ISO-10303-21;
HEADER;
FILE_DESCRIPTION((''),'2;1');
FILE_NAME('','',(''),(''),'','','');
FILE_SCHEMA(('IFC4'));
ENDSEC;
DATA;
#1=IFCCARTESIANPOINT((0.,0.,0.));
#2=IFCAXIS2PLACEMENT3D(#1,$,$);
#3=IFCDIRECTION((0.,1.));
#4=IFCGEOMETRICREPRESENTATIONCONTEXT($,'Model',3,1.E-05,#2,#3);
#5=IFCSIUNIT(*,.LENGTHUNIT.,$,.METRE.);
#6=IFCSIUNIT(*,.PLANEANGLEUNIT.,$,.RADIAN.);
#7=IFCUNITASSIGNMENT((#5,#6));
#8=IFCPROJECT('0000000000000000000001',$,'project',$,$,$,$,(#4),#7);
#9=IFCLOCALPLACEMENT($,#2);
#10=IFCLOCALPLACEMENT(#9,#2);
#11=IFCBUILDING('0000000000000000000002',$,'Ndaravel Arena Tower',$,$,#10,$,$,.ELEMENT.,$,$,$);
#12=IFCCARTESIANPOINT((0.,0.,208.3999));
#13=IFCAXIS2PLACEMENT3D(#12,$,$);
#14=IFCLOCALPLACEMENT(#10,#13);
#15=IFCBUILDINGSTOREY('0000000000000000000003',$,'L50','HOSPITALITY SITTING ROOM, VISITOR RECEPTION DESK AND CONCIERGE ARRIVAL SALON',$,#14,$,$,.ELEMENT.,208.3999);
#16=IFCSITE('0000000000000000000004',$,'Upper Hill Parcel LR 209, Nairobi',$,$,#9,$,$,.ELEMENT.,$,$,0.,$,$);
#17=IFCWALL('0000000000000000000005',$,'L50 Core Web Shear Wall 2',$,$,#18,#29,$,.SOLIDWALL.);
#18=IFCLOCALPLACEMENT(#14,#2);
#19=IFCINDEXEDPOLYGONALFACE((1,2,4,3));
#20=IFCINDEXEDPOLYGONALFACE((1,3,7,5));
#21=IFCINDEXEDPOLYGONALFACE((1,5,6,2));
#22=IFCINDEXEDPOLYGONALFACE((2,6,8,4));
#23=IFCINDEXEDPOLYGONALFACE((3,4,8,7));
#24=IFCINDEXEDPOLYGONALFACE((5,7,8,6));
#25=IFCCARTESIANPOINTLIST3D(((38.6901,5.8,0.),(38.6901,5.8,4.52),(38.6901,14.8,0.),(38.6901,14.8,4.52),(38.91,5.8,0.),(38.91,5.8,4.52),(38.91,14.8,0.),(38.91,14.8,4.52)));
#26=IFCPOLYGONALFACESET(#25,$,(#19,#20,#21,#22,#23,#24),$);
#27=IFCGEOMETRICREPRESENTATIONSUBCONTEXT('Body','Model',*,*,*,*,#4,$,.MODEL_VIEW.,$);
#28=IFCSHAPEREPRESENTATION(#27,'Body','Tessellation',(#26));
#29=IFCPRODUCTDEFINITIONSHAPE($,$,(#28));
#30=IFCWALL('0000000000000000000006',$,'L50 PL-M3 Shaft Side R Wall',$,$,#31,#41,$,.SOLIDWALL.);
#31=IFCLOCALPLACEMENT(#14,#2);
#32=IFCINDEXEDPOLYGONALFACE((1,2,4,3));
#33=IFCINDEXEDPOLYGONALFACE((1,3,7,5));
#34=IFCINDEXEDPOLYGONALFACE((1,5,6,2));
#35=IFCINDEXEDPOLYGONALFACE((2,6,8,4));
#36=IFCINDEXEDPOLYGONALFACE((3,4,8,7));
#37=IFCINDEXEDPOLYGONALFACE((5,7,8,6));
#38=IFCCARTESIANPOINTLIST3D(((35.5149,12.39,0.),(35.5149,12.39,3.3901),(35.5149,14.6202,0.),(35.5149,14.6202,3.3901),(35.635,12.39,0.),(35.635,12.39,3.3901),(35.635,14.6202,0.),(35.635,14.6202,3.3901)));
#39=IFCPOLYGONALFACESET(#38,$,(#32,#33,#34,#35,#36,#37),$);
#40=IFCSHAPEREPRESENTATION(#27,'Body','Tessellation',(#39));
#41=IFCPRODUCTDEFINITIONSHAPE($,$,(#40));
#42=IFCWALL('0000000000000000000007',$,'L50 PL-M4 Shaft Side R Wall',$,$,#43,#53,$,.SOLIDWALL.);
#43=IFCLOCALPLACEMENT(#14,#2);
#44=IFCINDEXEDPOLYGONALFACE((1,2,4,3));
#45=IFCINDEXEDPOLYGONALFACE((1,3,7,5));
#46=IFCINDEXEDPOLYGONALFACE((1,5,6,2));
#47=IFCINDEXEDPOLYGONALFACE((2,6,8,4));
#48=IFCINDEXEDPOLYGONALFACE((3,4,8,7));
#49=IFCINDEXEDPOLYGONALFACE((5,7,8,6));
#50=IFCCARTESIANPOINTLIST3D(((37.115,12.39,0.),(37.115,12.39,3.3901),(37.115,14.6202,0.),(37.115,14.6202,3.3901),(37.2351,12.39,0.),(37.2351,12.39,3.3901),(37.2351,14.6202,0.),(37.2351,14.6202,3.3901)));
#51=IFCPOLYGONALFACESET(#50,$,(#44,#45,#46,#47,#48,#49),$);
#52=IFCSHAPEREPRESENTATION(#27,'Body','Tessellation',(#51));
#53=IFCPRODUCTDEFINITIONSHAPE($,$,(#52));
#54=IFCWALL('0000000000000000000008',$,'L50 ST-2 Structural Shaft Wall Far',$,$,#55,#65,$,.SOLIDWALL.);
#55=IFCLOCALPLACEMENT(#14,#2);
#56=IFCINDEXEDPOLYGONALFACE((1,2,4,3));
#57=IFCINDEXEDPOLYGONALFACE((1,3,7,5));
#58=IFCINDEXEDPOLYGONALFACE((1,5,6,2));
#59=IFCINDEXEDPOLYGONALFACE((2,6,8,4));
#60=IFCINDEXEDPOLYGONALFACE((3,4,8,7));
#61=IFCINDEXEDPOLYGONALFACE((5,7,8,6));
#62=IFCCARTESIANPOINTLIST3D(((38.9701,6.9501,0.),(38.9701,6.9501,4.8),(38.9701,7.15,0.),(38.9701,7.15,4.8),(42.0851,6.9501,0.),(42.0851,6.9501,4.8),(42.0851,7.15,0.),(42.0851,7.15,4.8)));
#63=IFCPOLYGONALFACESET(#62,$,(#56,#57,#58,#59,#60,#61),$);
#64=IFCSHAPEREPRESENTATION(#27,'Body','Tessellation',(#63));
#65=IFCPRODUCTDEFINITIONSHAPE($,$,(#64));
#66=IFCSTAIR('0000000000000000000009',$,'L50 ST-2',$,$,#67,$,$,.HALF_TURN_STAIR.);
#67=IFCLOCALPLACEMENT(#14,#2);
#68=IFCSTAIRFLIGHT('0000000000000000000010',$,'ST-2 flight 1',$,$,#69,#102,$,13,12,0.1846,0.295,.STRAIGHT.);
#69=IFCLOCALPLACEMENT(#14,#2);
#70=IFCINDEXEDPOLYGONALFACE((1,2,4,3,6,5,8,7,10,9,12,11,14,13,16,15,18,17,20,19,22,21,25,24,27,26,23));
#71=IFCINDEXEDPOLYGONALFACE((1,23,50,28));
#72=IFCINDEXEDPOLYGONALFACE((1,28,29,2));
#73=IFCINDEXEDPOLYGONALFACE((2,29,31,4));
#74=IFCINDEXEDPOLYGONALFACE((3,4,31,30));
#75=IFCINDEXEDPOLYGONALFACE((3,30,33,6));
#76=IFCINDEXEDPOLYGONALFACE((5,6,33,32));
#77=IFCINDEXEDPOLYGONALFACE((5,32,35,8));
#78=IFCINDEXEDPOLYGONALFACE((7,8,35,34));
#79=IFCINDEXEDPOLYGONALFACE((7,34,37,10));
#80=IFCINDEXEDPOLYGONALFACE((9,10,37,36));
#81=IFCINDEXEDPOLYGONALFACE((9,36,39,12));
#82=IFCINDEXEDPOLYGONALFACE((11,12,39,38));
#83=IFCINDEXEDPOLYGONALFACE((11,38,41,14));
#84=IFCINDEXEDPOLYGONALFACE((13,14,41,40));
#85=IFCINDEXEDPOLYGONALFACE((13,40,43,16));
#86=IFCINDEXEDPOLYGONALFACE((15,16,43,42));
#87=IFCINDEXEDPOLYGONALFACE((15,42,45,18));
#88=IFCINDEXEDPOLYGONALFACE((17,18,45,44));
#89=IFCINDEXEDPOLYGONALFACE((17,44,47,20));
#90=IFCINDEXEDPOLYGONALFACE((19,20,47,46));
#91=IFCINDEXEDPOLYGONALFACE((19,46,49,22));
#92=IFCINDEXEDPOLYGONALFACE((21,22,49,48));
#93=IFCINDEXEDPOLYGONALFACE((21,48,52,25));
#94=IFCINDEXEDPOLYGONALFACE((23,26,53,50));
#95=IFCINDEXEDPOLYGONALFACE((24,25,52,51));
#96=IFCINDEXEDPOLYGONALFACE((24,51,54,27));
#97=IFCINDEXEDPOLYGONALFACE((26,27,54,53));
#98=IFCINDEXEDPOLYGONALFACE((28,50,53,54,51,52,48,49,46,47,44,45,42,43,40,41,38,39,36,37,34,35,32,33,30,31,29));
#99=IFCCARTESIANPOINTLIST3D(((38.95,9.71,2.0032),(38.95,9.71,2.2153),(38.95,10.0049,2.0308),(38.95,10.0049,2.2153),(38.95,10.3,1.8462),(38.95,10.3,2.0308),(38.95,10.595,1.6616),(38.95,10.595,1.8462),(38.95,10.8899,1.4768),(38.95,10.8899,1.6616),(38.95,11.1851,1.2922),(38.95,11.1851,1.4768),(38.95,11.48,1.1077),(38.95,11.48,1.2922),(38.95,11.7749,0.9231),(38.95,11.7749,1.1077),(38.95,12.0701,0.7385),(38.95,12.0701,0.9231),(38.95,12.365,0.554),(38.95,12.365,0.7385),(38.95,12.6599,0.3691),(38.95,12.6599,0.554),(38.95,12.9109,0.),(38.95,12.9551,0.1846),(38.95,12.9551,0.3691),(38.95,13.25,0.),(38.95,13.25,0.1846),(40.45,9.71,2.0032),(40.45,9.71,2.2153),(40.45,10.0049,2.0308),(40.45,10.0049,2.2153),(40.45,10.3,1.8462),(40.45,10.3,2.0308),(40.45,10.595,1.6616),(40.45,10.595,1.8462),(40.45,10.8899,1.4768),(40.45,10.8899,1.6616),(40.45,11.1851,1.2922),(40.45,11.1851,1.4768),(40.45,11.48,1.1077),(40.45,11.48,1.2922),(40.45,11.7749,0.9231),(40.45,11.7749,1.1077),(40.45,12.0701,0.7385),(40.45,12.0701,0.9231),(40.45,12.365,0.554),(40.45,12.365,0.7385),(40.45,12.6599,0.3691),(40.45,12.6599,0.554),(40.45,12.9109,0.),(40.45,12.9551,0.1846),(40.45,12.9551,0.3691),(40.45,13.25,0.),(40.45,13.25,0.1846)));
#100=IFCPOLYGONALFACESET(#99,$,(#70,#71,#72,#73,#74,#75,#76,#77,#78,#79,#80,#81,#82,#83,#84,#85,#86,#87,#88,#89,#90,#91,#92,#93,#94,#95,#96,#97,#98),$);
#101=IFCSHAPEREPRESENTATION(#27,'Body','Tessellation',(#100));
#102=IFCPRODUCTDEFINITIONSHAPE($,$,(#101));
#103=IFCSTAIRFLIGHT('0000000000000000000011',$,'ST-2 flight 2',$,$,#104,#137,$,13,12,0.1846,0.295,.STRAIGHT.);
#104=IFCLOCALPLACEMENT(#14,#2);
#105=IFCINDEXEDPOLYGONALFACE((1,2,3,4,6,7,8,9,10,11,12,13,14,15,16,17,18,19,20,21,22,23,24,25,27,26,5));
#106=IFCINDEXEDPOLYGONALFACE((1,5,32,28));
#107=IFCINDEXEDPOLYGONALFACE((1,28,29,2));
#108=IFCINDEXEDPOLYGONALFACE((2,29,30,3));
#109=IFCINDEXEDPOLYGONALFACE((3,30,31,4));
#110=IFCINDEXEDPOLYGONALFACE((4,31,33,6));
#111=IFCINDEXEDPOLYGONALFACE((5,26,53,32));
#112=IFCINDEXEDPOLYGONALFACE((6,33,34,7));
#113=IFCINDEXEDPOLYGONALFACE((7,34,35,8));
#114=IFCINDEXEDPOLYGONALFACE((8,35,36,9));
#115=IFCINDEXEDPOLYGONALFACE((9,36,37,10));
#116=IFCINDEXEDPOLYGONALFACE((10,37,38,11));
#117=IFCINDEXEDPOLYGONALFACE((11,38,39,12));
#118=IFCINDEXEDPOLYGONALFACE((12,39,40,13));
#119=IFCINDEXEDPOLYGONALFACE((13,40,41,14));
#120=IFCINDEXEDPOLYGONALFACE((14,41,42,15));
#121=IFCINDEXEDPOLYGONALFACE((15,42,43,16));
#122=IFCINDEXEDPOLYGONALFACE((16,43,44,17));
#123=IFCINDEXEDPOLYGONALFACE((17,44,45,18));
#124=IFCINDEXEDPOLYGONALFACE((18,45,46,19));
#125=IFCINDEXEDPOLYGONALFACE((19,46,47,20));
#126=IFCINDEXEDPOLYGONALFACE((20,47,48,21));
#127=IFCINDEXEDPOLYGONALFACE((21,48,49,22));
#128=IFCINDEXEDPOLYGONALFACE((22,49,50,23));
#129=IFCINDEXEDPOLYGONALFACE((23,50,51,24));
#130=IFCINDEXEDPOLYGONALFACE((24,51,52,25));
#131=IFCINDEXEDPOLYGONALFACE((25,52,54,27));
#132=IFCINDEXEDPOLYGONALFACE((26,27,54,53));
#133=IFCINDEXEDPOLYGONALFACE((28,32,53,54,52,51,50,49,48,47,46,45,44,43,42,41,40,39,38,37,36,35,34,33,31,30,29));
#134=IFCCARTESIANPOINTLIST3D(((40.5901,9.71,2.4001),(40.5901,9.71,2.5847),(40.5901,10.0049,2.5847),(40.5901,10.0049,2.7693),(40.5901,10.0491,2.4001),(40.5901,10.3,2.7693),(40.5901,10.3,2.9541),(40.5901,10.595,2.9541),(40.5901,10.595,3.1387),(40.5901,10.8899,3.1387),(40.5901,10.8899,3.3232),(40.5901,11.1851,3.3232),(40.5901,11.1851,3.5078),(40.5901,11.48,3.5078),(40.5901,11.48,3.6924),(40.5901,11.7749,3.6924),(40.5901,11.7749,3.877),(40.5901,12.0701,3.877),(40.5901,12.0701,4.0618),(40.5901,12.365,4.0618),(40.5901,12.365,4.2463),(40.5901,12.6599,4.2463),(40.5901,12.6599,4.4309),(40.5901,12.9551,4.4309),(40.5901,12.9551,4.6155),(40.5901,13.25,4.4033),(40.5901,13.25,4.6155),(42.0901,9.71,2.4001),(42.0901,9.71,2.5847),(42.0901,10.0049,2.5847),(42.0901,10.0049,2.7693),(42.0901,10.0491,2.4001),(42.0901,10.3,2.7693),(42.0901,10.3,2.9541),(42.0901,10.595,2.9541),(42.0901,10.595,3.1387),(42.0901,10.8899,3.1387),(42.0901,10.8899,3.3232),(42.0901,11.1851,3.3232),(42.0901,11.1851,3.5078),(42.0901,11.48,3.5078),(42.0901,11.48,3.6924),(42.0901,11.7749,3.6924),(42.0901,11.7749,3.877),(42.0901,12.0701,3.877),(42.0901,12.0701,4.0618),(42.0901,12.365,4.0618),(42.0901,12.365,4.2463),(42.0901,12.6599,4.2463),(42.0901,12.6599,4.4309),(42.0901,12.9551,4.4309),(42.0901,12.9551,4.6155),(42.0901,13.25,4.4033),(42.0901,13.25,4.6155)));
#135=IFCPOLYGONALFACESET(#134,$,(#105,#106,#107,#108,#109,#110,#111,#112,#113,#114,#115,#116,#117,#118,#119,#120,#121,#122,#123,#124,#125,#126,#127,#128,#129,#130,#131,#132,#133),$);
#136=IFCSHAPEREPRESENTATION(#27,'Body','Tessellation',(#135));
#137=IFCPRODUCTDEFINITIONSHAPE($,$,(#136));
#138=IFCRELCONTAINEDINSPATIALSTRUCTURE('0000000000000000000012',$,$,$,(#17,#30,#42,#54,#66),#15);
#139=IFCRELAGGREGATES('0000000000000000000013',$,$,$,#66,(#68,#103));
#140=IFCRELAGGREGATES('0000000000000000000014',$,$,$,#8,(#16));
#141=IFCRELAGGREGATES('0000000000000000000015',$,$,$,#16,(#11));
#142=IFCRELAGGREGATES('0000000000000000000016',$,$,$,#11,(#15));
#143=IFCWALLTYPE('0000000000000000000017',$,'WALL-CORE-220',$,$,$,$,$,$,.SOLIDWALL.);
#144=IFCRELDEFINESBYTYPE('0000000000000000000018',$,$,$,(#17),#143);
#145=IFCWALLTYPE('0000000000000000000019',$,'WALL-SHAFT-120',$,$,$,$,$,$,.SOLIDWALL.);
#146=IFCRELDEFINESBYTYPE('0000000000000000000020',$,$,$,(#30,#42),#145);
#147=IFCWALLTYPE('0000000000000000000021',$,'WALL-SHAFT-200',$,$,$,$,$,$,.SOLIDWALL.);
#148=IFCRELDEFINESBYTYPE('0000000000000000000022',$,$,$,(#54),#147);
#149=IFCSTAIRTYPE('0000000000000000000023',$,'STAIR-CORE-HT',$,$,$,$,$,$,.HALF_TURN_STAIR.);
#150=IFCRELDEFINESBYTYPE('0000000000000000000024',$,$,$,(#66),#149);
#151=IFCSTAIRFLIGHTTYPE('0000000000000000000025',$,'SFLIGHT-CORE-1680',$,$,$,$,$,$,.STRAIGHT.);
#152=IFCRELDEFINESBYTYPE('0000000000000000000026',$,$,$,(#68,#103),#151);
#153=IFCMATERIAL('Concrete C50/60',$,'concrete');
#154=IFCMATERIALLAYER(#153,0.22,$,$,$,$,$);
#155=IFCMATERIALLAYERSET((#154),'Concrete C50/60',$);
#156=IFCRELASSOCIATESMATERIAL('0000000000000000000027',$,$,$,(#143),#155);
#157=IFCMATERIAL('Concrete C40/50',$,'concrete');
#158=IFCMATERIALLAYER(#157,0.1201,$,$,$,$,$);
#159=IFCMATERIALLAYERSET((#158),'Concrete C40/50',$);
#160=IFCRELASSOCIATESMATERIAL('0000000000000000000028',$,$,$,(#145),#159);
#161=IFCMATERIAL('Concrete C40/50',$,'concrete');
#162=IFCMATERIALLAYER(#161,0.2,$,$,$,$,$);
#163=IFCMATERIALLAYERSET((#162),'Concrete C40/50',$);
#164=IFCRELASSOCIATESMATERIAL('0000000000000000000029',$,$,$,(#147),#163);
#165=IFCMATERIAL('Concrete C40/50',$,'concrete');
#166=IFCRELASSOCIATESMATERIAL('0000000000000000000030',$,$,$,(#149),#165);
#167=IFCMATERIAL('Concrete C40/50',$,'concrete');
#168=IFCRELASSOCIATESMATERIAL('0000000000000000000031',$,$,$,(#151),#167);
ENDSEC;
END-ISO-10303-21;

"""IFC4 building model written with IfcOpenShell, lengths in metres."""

from ifc_helpers import new_model, si_unit, direction, frame, frame_2d, origin, place, context, subcontext, project, spatial, polyline, rectangle, outline, extrude, material, layer, layer_set, type_object, element, aggregate, save


model = new_model("IFC4")

# Units and contexts
model_context = context("Model", 3, precision=1e-05, world=origin(), true_north=direction((0.0, 1.0)))
body_context = subcontext(model_context, "Body", "Model", "MODEL_VIEW")
ifc_project = project(units=[si_unit("LENGTHUNIT", "METRE"), si_unit("PLANEANGLEUNIT", "RADIAN")], contexts=[model_context])

# Site, building, storey
site_placement = place(None, origin())
site = spatial("IfcSite", under=ifc_project, at=site_placement, Name="Upper Hill Parcel LR 209, Nairobi", CompositionType="ELEMENT", RefElevation=0.0)
building_placement = place(site_placement, origin())
building = spatial("IfcBuilding", under=site, at=building_placement, Name="Ndaravel Arena Tower", CompositionType="ELEMENT")
storey_placement = place(building_placement, frame((0.0, 0.0, 208.3999)))
storey = spatial("IfcBuildingStorey", under=building, at=storey_placement, Name="L50", Description="HOSPITALITY SITTING ROOM, VISITOR RECEPTION DESK AND CONCIERGE ARRIVAL SALON", CompositionType="ELEMENT", Elevation=208.3999)

# Walls
ifc_material_1 = material(Name="Concrete C50/60", Category="concrete")
ifc_layer_1 = layer(ifc_material_1, 0.22)
ifc_layer_set_1 = layer_set([ifc_layer_1], Name="Concrete C50/60")
wall_type_1 = type_object("IfcWallType", Name="WALL-CORE-220", PredefinedType="SOLIDWALL", material=ifc_layer_set_1)
wall_1_placement = place(storey_placement, frame((38.8, 5.8, 0.0), z_axis=(0.0, 0.0, 1.0), x_axis=(0.0, 1.0, 0.0)))
element("IfcWall", 1, at=wall_1_placement, inside=storey, type_object=wall_type_1, Name="L50 Core Web Shear Wall 2", PredefinedType="SOLIDWALL", context=body_context, shape_type="SweptSolid", body=[
    extrude(rectangle(XDim=9.0, YDim=0.22, at=frame_2d((4.5, 0.0))), origin(), (0.0, 0.0, 1.0), 4.52),
])
ifc_material_2 = material(Name="Concrete C40/50", Category="concrete")
ifc_layer_2 = layer(ifc_material_2, 0.1201)
ifc_layer_set_2 = layer_set([ifc_layer_2], Name="Concrete C40/50")
wall_type_2 = type_object("IfcWallType", Name="WALL-SHAFT-120", PredefinedType="SOLIDWALL", material=ifc_layer_set_2)
for number, where, z_axis, x_axis, name in (
    (2, (35.575, 12.3899, 0.0), (0.0, 0.0, 1.0), (0.0, 1.0, 0.0), "L50 PL-M3 Shaft Side R Wall"),
    (3, (37.175, 12.3899, 0.0), (0.0, 0.0, 1.0), (0.0, 1.0, 0.0), "L50 PL-M4 Shaft Side R Wall"),
):
    element("IfcWall", number, at=place(storey_placement, frame(where, z_axis=z_axis, x_axis=x_axis)), inside=storey, type_object=wall_type_2, Name=name, PredefinedType="SOLIDWALL", context=body_context, shape_type="SweptSolid", body=[
        extrude(rectangle(XDim=2.2302, YDim=0.1201, at=frame_2d((1.1152, 0.0))), origin(), (0.0, 0.0, 1.0), 3.3901),
    ])
ifc_material_3 = material(Name="Concrete C40/50", Category="concrete")
ifc_layer_3 = layer(ifc_material_3, 0.2)
ifc_layer_set_3 = layer_set([ifc_layer_3], Name="Concrete C40/50")
wall_type_3 = type_object("IfcWallType", Name="WALL-SHAFT-200", PredefinedType="SOLIDWALL", material=ifc_layer_set_3)
wall_2_placement = place(storey_placement, frame((38.97, 7.05, 0.0), z_axis=(0.0, 0.0, 1.0), x_axis=(1.0, 0.0, 0.0)))
element("IfcWall", 4, at=wall_2_placement, inside=storey, type_object=wall_type_3, Name="L50 ST-2 Structural Shaft Wall Far", PredefinedType="SOLIDWALL", context=body_context, shape_type="SweptSolid", body=[
    extrude(rectangle(XDim=3.115, YDim=0.2, at=frame_2d((1.5576, 0.0))), origin(), (0.0, 0.0, 1.0), 4.8),
])

# Stair, stair flights
ifc_material_4 = material(Name="Concrete C40/50", Category="concrete")
stair_type = type_object("IfcStairType", Name="STAIR-CORE-HT", PredefinedType="HALF_TURN_STAIR", material=ifc_material_4)
stair_placement = place(storey_placement, origin())
stair = element("IfcStair", 5, at=stair_placement, inside=storey, type_object=stair_type, Name="L50 ST-2", PredefinedType="HALF_TURN_STAIR")
ifc_material_5 = material(Name="Concrete C40/50", Category="concrete")
stair_flight_type = type_object("IfcStairFlightType", Name="SFLIGHT-CORE-1680", PredefinedType="STRAIGHT", material=ifc_material_5)
stair_flight_1_placement = place(storey_placement, frame((39.7, 13.25, 0.0), z_axis=(0.0, 0.0, 1.0), x_axis=(0.0, -1.0, 0.0)))
stair_flight_1 = element("IfcStairFlight", 6, at=stair_flight_1_placement, type_object=stair_flight_type, Name="ST-2 flight 1", NumberOfRisers=13, NumberOfTreads=12, PredefinedType="STRAIGHT", RiserHeight=0.1846, TreadLength=0.295, context=body_context, shape_type="SweptSolid", body=[
    extrude(outline(polyline([(0.0, 0.0), (0.0, 0.1846), (0.2949, 0.1846), (0.2949, 0.3691), (0.5901, 0.3691), (0.5901, 0.554), (0.885, 0.554), (0.885, 0.7385), (1.1799, 0.7385), (1.1799, 0.9231), (1.4751, 0.9231), (1.4751, 1.1077), (1.77, 1.1077), (1.77, 1.2922), (2.0649, 1.2922), (2.0649, 1.4768), (2.3601, 1.4768), (2.3601, 1.6616), (2.655, 1.6616), (2.655, 1.8462), (2.95, 1.8462), (2.95, 2.0308), (3.2451, 2.0308), (3.2451, 2.2153), (3.54, 2.2153), (3.54, 2.3999), (3.54, 2.0032), (0.3391, 0.0), (0.0, 0.0)])), frame((0.0, 0.75, 0.0), z_axis=(0.0, -1.0, 0.0), x_axis=(1.0, 0.0, 0.0)), (0.0, 0.0, 1.0), 1.5),
])
stair_flight_2_placement = place(storey_placement, frame((41.3401, 9.71, 2.4001), z_axis=(0.0, 0.0, 1.0), x_axis=(0.0, 1.0, 0.0)))
stair_flight_2 = element("IfcStairFlight", 7, at=stair_flight_2_placement, type_object=stair_flight_type, Name="ST-2 flight 2", NumberOfRisers=13, NumberOfTreads=12, PredefinedType="STRAIGHT", RiserHeight=0.1846, TreadLength=0.295, context=body_context, shape_type="SweptSolid", body=[
    extrude(outline(polyline([(0.0, 0.0), (0.0, 0.1846), (0.2949, 0.1846), (0.2949, 0.3691), (0.5901, 0.3691), (0.5901, 0.554), (0.885, 0.554), (0.885, 0.7385), (1.1799, 0.7385), (1.1799, 0.9231), (1.4751, 0.9231), (1.4751, 1.1077), (1.77, 1.1077), (1.77, 1.2922), (2.0649, 1.2922), (2.0649, 1.4768), (2.3601, 1.4768), (2.3601, 1.6616), (2.655, 1.6616), (2.655, 1.8462), (2.95, 1.8462), (2.95, 2.0308), (3.2451, 2.0308), (3.2451, 2.2153), (3.54, 2.2153), (3.54, 2.3999), (3.54, 2.0032), (0.3391, 0.0), (0.0, 0.0)])), frame((0.0, 0.75, 0.0), z_axis=(0.0, -1.0, 0.0), x_axis=(1.0, 0.0, 0.0)), (0.0, 0.0, 1.0), 1.5),
])
aggregate(stair, [stair_flight_1, stair_flight_2])

save(model, "model.ifc")
